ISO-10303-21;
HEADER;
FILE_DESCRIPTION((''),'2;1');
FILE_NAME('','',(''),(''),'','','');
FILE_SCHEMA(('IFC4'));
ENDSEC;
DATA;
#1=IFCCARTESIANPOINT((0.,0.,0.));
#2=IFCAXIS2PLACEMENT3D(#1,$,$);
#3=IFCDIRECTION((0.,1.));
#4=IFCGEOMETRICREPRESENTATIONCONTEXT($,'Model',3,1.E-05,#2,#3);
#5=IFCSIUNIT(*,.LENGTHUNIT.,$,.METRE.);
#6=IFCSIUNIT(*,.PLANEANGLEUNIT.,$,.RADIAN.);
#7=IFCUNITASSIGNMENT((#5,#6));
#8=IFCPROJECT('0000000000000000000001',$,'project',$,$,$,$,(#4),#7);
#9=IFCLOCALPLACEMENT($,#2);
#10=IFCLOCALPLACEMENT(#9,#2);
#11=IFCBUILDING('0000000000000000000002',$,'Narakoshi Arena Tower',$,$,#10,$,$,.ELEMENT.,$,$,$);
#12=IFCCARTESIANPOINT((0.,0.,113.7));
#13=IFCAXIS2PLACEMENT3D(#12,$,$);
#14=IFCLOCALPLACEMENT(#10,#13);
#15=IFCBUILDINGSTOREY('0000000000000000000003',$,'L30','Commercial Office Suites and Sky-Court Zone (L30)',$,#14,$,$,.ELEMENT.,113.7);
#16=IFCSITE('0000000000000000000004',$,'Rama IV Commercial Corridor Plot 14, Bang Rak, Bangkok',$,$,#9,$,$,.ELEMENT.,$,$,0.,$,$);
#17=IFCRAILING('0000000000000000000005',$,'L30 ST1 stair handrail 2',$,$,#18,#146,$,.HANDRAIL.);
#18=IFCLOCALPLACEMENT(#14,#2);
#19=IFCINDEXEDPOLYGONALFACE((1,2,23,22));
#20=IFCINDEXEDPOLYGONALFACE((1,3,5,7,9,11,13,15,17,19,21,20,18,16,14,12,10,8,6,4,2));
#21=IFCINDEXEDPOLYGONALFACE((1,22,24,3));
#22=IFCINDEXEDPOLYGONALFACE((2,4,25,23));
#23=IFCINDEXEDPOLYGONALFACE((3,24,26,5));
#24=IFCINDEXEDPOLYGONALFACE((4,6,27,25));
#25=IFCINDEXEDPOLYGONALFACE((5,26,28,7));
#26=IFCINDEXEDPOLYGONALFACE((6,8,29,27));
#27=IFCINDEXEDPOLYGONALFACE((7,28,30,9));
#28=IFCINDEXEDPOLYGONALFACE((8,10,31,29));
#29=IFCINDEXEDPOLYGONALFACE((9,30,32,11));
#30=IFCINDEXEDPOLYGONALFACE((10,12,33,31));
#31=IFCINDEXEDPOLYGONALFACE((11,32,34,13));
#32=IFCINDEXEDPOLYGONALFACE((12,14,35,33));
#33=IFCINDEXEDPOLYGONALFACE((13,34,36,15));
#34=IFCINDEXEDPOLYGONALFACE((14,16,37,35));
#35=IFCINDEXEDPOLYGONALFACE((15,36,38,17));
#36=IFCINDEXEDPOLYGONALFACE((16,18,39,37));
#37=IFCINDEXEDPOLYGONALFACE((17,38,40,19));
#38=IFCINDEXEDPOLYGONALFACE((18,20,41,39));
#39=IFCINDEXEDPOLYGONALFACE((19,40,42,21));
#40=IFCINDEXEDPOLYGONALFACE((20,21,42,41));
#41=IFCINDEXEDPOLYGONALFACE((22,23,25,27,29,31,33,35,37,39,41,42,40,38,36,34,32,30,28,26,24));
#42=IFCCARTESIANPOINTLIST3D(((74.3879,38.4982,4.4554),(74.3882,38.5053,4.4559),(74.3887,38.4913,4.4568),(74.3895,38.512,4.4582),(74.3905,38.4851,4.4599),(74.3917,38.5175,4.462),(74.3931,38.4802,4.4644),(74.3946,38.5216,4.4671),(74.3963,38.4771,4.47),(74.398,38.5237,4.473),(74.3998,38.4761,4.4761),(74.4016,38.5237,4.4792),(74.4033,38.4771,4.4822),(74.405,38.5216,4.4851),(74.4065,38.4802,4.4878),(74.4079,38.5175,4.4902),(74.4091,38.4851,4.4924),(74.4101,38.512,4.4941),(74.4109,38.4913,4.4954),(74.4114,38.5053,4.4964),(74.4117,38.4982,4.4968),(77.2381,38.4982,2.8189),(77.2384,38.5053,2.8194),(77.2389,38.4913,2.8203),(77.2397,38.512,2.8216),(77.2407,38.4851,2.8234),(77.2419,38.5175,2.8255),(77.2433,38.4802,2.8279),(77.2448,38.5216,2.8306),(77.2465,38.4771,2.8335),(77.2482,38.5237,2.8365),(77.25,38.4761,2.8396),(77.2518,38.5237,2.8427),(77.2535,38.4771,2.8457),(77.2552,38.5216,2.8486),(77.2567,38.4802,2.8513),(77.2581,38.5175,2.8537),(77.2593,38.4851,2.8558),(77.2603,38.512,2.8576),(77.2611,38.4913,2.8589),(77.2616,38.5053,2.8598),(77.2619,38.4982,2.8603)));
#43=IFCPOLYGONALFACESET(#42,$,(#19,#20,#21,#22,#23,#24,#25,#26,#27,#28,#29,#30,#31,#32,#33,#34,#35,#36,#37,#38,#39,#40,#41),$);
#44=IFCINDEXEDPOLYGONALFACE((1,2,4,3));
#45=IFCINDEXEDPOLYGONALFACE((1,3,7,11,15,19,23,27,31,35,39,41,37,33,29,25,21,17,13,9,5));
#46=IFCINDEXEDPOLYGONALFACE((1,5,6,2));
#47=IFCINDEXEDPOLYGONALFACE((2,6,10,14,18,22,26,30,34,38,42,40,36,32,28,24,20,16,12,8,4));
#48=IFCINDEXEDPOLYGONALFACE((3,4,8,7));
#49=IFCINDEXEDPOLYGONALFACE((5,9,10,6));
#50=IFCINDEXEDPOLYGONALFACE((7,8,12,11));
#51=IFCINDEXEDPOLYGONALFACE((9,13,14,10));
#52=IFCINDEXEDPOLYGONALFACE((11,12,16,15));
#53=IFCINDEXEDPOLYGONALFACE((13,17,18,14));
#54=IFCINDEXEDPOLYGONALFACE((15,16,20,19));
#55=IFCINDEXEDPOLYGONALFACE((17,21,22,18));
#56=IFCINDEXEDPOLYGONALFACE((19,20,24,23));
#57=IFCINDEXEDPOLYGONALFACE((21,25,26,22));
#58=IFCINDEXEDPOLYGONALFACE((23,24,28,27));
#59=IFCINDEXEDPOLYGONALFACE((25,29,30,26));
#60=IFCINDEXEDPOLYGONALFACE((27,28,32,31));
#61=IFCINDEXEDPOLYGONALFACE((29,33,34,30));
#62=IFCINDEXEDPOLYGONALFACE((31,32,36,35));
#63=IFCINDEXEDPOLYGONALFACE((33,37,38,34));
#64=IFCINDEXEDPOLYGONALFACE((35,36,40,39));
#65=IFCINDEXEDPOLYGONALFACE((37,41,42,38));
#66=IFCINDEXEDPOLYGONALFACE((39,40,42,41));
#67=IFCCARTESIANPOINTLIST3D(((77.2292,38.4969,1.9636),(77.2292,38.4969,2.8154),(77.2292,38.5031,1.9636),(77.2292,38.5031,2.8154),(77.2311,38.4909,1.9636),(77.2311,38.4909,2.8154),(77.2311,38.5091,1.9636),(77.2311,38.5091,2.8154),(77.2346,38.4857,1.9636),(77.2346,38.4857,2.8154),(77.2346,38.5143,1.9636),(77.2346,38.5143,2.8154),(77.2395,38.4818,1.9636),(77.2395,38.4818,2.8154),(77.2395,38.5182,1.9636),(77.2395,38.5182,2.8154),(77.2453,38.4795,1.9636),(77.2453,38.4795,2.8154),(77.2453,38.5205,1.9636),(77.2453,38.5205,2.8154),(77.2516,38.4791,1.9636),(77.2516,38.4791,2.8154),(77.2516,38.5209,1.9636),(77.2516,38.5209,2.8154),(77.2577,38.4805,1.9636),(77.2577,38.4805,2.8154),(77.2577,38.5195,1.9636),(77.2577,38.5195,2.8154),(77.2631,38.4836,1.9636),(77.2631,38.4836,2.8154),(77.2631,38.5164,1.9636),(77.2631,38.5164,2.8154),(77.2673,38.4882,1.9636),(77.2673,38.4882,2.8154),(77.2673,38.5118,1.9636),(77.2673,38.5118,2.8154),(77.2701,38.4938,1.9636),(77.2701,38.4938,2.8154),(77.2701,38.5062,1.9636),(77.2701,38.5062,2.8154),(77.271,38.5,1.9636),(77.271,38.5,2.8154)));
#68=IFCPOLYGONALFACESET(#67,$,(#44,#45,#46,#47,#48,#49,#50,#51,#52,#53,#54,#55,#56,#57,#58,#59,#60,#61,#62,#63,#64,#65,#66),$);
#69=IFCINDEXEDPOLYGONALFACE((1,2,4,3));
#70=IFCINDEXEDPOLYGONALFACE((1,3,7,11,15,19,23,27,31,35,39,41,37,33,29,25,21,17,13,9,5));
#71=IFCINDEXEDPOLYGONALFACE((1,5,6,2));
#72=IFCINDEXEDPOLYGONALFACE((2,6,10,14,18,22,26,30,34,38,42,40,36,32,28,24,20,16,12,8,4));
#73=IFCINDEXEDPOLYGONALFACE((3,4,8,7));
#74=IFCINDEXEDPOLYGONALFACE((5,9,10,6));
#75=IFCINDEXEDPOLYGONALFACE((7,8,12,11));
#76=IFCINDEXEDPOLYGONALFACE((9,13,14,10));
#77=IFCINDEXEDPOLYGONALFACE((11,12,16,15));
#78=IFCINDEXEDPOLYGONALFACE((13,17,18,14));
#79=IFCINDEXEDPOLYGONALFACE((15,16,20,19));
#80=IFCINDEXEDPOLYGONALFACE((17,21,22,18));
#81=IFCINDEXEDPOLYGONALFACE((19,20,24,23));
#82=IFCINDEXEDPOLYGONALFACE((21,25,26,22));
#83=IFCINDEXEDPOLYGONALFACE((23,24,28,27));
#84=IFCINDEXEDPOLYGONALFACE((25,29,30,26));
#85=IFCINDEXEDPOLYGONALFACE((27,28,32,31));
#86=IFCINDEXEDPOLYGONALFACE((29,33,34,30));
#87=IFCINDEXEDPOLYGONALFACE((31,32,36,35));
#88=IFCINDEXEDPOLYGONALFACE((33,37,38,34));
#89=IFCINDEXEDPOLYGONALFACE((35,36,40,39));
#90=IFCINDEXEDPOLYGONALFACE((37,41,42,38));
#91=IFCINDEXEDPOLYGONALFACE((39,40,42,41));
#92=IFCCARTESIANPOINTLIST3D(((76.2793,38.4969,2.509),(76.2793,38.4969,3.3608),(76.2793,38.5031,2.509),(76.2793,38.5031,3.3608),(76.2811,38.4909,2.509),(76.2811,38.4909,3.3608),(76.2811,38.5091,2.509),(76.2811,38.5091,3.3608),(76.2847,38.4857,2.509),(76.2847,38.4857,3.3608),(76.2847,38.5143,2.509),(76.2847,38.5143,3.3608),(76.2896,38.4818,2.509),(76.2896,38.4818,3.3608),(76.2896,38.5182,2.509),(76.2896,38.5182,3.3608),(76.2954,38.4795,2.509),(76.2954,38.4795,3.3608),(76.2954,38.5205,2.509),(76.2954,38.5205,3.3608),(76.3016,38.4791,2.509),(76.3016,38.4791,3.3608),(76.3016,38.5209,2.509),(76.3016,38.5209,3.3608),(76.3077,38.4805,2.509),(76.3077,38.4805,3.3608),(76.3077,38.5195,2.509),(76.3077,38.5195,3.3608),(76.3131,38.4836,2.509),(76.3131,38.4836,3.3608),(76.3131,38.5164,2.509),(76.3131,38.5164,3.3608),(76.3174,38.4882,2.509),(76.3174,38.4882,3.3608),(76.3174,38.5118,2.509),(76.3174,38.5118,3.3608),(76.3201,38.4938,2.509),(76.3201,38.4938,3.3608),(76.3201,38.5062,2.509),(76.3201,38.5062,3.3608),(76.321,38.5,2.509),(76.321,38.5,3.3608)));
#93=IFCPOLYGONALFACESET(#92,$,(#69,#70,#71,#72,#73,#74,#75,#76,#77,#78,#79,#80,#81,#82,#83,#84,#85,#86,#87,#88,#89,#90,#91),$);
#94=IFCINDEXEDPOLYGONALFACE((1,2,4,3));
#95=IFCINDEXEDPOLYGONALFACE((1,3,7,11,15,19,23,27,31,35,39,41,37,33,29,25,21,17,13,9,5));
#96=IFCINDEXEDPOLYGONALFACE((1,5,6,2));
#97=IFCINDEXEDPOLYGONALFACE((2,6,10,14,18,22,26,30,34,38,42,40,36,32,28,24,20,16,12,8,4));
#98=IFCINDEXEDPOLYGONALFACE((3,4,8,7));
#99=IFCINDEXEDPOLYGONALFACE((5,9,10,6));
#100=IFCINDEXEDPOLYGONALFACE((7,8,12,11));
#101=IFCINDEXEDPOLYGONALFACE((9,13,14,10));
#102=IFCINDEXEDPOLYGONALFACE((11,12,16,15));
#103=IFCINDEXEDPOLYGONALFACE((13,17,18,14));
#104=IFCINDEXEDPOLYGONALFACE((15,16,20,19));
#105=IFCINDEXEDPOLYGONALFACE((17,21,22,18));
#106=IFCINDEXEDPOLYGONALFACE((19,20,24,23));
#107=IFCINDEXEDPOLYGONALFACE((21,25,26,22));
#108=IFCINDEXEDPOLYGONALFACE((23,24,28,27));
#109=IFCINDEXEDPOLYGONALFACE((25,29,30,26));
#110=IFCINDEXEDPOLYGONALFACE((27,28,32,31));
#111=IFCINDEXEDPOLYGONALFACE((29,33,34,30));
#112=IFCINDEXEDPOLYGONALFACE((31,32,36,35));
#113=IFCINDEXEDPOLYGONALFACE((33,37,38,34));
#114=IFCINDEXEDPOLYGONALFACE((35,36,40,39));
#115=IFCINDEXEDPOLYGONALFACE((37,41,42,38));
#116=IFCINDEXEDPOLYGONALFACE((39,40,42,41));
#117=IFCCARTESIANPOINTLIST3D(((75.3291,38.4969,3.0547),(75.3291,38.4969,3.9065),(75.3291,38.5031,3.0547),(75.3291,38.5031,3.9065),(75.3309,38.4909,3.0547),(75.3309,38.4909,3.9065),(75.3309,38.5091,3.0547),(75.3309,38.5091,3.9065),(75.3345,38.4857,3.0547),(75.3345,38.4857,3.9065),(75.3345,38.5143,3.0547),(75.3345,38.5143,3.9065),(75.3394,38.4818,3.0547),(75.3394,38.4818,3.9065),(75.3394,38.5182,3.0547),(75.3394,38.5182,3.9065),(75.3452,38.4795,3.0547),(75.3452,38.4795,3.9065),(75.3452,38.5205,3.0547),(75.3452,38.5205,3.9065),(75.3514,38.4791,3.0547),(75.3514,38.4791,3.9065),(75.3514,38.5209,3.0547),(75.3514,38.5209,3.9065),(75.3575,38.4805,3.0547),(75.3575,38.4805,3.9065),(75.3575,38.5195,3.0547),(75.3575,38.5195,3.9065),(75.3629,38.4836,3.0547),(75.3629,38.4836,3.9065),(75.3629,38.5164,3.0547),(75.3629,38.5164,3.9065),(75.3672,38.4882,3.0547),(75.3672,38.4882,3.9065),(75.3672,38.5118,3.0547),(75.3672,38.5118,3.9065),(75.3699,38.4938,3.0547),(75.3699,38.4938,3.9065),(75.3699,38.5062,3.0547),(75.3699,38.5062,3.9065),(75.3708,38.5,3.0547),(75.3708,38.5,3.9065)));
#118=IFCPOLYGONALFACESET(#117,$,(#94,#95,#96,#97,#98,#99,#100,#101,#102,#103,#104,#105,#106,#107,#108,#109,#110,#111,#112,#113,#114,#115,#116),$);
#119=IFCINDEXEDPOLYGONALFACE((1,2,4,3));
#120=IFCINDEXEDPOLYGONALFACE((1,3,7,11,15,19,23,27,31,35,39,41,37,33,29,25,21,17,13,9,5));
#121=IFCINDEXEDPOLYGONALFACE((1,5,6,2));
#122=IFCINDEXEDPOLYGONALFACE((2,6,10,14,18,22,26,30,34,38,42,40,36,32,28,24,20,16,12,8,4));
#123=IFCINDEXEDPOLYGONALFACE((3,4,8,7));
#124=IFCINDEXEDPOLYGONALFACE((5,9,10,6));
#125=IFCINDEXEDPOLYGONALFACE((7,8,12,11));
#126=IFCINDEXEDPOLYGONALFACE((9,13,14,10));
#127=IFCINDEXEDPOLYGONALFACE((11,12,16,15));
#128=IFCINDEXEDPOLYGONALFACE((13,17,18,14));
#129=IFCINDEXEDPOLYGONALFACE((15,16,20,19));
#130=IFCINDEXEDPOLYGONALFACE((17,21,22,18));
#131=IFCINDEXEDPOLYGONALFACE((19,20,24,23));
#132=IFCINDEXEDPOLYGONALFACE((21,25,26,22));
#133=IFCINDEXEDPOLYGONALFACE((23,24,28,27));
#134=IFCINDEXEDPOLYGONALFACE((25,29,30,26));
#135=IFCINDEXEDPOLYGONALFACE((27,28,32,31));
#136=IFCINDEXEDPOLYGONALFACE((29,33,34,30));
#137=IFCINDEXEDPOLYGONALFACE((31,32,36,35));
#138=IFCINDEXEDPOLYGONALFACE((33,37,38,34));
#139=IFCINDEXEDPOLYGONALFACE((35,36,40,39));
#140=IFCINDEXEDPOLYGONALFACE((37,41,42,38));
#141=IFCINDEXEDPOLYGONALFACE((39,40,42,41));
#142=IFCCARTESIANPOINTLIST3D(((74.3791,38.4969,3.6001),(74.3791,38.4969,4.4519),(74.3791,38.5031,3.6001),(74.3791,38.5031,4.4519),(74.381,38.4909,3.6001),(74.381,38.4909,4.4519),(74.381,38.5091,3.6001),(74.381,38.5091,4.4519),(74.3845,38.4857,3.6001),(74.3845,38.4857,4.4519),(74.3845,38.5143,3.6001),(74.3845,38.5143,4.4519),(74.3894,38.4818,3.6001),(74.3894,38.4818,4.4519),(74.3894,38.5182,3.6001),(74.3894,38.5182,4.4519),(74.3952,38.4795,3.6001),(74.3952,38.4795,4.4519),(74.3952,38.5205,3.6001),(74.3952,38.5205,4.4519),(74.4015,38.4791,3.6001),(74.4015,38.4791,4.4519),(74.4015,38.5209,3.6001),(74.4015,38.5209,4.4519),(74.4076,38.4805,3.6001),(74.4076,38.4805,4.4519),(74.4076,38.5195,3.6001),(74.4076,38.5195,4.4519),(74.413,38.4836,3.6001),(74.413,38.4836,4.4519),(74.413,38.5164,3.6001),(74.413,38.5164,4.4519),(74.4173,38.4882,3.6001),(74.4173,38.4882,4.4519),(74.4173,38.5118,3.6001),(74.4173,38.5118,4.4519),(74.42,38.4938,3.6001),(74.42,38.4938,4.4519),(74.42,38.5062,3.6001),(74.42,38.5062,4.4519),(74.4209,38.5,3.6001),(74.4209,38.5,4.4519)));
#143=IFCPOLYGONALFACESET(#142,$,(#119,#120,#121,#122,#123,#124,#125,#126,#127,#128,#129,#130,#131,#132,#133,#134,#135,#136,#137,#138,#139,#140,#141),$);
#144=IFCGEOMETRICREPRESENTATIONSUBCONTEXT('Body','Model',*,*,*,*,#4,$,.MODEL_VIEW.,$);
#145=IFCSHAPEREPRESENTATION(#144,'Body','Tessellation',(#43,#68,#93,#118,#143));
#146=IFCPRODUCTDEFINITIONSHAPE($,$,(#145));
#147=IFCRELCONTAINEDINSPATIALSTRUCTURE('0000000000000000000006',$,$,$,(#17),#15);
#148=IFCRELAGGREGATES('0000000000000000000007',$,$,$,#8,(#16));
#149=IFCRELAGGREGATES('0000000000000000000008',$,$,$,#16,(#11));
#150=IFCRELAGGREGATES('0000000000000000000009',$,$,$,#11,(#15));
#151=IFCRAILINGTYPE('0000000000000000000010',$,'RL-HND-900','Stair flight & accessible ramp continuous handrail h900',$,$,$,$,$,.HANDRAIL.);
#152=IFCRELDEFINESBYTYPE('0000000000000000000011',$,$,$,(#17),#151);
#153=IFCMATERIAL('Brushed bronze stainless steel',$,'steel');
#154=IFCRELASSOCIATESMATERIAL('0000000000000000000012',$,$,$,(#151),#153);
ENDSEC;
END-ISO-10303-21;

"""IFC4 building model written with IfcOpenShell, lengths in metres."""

from ifc_helpers import new_model, si_unit, direction, frame, origin, origin_2d, place, context, subcontext, project, spatial, circle, extrude, material, type_object, element, save


model = new_model("IFC4")

# Units and contexts
model_context = context("Model", 3, precision=1e-05, world=origin(), true_north=direction((0.0, 1.0)))
body_context = subcontext(model_context, "Body", "Model", "MODEL_VIEW")
ifc_project = project(units=[si_unit("LENGTHUNIT", "METRE"), si_unit("PLANEANGLEUNIT", "RADIAN")], contexts=[model_context])

# Site, building, storey
site_placement = place(None, origin())
site = spatial("IfcSite", under=ifc_project, at=site_placement, Name="Rama IV Commercial Corridor Plot 14, Bang Rak, Bangkok", CompositionType="ELEMENT", RefElevation=0.0)
building_placement = place(site_placement, origin())
building = spatial("IfcBuilding", under=site, at=building_placement, Name="Narakoshi Arena Tower", CompositionType="ELEMENT")
storey_placement = place(building_placement, frame((0.0, 0.0, 113.7)))
storey = spatial("IfcBuildingStorey", under=building, at=storey_placement, Name="L30", Description="Commercial Office Suites and Sky-Court Zone (L30)", CompositionType="ELEMENT", Elevation=113.7)

# Shared definitions
ifc_material_1 = material(Name="Brushed bronze stainless steel", Category="steel")

# Railing
railing_type_1 = type_object("IfcRailingType", Name="RL-HND-900", Description="Stair flight & accessible ramp continuous handrail h900", PredefinedType="HANDRAIL", material=ifc_material_1)
for number, where, name in (
    (1, (77.25, 38.5, 1.9636), "L30 ST1 stair handrail 2"),
):
    element("IfcRailing", number, at=place(storey_placement, frame(where)), inside=storey, type_object=railing_type_1, Name=name, PredefinedType="HANDRAIL", context=body_context, shape_type="SweptSolid", body=[
        extrude(circle(Radius=0.0239, at=origin_2d()), frame((0.0, 0.0, 0.876), z_axis=(-0.867213, 0.0, 0.497938), x_axis=(0.0, -1.0, 0.0)), (0.0, 0.0, 1.0), 3.2866),
        extrude(circle(Radius=0.021, at=origin_2d()), origin(), (0.0, 0.0, 1.0), 0.8518),
        extrude(circle(Radius=0.021, at=origin_2d()), frame((-0.95, 0.0, 0.5454)), (0.0, 0.0, 1.0), 0.8518),
        extrude(circle(Radius=0.021, at=origin_2d()), frame((-1.9001, 0.0, 1.0911)), (0.0, 0.0, 1.0), 0.8518),
        extrude(circle(Radius=0.021, at=origin_2d()), frame((-2.8501, 0.0, 1.6365)), (0.0, 0.0, 1.0), 0.8518),
    ])

save(model, "model.ifc")
